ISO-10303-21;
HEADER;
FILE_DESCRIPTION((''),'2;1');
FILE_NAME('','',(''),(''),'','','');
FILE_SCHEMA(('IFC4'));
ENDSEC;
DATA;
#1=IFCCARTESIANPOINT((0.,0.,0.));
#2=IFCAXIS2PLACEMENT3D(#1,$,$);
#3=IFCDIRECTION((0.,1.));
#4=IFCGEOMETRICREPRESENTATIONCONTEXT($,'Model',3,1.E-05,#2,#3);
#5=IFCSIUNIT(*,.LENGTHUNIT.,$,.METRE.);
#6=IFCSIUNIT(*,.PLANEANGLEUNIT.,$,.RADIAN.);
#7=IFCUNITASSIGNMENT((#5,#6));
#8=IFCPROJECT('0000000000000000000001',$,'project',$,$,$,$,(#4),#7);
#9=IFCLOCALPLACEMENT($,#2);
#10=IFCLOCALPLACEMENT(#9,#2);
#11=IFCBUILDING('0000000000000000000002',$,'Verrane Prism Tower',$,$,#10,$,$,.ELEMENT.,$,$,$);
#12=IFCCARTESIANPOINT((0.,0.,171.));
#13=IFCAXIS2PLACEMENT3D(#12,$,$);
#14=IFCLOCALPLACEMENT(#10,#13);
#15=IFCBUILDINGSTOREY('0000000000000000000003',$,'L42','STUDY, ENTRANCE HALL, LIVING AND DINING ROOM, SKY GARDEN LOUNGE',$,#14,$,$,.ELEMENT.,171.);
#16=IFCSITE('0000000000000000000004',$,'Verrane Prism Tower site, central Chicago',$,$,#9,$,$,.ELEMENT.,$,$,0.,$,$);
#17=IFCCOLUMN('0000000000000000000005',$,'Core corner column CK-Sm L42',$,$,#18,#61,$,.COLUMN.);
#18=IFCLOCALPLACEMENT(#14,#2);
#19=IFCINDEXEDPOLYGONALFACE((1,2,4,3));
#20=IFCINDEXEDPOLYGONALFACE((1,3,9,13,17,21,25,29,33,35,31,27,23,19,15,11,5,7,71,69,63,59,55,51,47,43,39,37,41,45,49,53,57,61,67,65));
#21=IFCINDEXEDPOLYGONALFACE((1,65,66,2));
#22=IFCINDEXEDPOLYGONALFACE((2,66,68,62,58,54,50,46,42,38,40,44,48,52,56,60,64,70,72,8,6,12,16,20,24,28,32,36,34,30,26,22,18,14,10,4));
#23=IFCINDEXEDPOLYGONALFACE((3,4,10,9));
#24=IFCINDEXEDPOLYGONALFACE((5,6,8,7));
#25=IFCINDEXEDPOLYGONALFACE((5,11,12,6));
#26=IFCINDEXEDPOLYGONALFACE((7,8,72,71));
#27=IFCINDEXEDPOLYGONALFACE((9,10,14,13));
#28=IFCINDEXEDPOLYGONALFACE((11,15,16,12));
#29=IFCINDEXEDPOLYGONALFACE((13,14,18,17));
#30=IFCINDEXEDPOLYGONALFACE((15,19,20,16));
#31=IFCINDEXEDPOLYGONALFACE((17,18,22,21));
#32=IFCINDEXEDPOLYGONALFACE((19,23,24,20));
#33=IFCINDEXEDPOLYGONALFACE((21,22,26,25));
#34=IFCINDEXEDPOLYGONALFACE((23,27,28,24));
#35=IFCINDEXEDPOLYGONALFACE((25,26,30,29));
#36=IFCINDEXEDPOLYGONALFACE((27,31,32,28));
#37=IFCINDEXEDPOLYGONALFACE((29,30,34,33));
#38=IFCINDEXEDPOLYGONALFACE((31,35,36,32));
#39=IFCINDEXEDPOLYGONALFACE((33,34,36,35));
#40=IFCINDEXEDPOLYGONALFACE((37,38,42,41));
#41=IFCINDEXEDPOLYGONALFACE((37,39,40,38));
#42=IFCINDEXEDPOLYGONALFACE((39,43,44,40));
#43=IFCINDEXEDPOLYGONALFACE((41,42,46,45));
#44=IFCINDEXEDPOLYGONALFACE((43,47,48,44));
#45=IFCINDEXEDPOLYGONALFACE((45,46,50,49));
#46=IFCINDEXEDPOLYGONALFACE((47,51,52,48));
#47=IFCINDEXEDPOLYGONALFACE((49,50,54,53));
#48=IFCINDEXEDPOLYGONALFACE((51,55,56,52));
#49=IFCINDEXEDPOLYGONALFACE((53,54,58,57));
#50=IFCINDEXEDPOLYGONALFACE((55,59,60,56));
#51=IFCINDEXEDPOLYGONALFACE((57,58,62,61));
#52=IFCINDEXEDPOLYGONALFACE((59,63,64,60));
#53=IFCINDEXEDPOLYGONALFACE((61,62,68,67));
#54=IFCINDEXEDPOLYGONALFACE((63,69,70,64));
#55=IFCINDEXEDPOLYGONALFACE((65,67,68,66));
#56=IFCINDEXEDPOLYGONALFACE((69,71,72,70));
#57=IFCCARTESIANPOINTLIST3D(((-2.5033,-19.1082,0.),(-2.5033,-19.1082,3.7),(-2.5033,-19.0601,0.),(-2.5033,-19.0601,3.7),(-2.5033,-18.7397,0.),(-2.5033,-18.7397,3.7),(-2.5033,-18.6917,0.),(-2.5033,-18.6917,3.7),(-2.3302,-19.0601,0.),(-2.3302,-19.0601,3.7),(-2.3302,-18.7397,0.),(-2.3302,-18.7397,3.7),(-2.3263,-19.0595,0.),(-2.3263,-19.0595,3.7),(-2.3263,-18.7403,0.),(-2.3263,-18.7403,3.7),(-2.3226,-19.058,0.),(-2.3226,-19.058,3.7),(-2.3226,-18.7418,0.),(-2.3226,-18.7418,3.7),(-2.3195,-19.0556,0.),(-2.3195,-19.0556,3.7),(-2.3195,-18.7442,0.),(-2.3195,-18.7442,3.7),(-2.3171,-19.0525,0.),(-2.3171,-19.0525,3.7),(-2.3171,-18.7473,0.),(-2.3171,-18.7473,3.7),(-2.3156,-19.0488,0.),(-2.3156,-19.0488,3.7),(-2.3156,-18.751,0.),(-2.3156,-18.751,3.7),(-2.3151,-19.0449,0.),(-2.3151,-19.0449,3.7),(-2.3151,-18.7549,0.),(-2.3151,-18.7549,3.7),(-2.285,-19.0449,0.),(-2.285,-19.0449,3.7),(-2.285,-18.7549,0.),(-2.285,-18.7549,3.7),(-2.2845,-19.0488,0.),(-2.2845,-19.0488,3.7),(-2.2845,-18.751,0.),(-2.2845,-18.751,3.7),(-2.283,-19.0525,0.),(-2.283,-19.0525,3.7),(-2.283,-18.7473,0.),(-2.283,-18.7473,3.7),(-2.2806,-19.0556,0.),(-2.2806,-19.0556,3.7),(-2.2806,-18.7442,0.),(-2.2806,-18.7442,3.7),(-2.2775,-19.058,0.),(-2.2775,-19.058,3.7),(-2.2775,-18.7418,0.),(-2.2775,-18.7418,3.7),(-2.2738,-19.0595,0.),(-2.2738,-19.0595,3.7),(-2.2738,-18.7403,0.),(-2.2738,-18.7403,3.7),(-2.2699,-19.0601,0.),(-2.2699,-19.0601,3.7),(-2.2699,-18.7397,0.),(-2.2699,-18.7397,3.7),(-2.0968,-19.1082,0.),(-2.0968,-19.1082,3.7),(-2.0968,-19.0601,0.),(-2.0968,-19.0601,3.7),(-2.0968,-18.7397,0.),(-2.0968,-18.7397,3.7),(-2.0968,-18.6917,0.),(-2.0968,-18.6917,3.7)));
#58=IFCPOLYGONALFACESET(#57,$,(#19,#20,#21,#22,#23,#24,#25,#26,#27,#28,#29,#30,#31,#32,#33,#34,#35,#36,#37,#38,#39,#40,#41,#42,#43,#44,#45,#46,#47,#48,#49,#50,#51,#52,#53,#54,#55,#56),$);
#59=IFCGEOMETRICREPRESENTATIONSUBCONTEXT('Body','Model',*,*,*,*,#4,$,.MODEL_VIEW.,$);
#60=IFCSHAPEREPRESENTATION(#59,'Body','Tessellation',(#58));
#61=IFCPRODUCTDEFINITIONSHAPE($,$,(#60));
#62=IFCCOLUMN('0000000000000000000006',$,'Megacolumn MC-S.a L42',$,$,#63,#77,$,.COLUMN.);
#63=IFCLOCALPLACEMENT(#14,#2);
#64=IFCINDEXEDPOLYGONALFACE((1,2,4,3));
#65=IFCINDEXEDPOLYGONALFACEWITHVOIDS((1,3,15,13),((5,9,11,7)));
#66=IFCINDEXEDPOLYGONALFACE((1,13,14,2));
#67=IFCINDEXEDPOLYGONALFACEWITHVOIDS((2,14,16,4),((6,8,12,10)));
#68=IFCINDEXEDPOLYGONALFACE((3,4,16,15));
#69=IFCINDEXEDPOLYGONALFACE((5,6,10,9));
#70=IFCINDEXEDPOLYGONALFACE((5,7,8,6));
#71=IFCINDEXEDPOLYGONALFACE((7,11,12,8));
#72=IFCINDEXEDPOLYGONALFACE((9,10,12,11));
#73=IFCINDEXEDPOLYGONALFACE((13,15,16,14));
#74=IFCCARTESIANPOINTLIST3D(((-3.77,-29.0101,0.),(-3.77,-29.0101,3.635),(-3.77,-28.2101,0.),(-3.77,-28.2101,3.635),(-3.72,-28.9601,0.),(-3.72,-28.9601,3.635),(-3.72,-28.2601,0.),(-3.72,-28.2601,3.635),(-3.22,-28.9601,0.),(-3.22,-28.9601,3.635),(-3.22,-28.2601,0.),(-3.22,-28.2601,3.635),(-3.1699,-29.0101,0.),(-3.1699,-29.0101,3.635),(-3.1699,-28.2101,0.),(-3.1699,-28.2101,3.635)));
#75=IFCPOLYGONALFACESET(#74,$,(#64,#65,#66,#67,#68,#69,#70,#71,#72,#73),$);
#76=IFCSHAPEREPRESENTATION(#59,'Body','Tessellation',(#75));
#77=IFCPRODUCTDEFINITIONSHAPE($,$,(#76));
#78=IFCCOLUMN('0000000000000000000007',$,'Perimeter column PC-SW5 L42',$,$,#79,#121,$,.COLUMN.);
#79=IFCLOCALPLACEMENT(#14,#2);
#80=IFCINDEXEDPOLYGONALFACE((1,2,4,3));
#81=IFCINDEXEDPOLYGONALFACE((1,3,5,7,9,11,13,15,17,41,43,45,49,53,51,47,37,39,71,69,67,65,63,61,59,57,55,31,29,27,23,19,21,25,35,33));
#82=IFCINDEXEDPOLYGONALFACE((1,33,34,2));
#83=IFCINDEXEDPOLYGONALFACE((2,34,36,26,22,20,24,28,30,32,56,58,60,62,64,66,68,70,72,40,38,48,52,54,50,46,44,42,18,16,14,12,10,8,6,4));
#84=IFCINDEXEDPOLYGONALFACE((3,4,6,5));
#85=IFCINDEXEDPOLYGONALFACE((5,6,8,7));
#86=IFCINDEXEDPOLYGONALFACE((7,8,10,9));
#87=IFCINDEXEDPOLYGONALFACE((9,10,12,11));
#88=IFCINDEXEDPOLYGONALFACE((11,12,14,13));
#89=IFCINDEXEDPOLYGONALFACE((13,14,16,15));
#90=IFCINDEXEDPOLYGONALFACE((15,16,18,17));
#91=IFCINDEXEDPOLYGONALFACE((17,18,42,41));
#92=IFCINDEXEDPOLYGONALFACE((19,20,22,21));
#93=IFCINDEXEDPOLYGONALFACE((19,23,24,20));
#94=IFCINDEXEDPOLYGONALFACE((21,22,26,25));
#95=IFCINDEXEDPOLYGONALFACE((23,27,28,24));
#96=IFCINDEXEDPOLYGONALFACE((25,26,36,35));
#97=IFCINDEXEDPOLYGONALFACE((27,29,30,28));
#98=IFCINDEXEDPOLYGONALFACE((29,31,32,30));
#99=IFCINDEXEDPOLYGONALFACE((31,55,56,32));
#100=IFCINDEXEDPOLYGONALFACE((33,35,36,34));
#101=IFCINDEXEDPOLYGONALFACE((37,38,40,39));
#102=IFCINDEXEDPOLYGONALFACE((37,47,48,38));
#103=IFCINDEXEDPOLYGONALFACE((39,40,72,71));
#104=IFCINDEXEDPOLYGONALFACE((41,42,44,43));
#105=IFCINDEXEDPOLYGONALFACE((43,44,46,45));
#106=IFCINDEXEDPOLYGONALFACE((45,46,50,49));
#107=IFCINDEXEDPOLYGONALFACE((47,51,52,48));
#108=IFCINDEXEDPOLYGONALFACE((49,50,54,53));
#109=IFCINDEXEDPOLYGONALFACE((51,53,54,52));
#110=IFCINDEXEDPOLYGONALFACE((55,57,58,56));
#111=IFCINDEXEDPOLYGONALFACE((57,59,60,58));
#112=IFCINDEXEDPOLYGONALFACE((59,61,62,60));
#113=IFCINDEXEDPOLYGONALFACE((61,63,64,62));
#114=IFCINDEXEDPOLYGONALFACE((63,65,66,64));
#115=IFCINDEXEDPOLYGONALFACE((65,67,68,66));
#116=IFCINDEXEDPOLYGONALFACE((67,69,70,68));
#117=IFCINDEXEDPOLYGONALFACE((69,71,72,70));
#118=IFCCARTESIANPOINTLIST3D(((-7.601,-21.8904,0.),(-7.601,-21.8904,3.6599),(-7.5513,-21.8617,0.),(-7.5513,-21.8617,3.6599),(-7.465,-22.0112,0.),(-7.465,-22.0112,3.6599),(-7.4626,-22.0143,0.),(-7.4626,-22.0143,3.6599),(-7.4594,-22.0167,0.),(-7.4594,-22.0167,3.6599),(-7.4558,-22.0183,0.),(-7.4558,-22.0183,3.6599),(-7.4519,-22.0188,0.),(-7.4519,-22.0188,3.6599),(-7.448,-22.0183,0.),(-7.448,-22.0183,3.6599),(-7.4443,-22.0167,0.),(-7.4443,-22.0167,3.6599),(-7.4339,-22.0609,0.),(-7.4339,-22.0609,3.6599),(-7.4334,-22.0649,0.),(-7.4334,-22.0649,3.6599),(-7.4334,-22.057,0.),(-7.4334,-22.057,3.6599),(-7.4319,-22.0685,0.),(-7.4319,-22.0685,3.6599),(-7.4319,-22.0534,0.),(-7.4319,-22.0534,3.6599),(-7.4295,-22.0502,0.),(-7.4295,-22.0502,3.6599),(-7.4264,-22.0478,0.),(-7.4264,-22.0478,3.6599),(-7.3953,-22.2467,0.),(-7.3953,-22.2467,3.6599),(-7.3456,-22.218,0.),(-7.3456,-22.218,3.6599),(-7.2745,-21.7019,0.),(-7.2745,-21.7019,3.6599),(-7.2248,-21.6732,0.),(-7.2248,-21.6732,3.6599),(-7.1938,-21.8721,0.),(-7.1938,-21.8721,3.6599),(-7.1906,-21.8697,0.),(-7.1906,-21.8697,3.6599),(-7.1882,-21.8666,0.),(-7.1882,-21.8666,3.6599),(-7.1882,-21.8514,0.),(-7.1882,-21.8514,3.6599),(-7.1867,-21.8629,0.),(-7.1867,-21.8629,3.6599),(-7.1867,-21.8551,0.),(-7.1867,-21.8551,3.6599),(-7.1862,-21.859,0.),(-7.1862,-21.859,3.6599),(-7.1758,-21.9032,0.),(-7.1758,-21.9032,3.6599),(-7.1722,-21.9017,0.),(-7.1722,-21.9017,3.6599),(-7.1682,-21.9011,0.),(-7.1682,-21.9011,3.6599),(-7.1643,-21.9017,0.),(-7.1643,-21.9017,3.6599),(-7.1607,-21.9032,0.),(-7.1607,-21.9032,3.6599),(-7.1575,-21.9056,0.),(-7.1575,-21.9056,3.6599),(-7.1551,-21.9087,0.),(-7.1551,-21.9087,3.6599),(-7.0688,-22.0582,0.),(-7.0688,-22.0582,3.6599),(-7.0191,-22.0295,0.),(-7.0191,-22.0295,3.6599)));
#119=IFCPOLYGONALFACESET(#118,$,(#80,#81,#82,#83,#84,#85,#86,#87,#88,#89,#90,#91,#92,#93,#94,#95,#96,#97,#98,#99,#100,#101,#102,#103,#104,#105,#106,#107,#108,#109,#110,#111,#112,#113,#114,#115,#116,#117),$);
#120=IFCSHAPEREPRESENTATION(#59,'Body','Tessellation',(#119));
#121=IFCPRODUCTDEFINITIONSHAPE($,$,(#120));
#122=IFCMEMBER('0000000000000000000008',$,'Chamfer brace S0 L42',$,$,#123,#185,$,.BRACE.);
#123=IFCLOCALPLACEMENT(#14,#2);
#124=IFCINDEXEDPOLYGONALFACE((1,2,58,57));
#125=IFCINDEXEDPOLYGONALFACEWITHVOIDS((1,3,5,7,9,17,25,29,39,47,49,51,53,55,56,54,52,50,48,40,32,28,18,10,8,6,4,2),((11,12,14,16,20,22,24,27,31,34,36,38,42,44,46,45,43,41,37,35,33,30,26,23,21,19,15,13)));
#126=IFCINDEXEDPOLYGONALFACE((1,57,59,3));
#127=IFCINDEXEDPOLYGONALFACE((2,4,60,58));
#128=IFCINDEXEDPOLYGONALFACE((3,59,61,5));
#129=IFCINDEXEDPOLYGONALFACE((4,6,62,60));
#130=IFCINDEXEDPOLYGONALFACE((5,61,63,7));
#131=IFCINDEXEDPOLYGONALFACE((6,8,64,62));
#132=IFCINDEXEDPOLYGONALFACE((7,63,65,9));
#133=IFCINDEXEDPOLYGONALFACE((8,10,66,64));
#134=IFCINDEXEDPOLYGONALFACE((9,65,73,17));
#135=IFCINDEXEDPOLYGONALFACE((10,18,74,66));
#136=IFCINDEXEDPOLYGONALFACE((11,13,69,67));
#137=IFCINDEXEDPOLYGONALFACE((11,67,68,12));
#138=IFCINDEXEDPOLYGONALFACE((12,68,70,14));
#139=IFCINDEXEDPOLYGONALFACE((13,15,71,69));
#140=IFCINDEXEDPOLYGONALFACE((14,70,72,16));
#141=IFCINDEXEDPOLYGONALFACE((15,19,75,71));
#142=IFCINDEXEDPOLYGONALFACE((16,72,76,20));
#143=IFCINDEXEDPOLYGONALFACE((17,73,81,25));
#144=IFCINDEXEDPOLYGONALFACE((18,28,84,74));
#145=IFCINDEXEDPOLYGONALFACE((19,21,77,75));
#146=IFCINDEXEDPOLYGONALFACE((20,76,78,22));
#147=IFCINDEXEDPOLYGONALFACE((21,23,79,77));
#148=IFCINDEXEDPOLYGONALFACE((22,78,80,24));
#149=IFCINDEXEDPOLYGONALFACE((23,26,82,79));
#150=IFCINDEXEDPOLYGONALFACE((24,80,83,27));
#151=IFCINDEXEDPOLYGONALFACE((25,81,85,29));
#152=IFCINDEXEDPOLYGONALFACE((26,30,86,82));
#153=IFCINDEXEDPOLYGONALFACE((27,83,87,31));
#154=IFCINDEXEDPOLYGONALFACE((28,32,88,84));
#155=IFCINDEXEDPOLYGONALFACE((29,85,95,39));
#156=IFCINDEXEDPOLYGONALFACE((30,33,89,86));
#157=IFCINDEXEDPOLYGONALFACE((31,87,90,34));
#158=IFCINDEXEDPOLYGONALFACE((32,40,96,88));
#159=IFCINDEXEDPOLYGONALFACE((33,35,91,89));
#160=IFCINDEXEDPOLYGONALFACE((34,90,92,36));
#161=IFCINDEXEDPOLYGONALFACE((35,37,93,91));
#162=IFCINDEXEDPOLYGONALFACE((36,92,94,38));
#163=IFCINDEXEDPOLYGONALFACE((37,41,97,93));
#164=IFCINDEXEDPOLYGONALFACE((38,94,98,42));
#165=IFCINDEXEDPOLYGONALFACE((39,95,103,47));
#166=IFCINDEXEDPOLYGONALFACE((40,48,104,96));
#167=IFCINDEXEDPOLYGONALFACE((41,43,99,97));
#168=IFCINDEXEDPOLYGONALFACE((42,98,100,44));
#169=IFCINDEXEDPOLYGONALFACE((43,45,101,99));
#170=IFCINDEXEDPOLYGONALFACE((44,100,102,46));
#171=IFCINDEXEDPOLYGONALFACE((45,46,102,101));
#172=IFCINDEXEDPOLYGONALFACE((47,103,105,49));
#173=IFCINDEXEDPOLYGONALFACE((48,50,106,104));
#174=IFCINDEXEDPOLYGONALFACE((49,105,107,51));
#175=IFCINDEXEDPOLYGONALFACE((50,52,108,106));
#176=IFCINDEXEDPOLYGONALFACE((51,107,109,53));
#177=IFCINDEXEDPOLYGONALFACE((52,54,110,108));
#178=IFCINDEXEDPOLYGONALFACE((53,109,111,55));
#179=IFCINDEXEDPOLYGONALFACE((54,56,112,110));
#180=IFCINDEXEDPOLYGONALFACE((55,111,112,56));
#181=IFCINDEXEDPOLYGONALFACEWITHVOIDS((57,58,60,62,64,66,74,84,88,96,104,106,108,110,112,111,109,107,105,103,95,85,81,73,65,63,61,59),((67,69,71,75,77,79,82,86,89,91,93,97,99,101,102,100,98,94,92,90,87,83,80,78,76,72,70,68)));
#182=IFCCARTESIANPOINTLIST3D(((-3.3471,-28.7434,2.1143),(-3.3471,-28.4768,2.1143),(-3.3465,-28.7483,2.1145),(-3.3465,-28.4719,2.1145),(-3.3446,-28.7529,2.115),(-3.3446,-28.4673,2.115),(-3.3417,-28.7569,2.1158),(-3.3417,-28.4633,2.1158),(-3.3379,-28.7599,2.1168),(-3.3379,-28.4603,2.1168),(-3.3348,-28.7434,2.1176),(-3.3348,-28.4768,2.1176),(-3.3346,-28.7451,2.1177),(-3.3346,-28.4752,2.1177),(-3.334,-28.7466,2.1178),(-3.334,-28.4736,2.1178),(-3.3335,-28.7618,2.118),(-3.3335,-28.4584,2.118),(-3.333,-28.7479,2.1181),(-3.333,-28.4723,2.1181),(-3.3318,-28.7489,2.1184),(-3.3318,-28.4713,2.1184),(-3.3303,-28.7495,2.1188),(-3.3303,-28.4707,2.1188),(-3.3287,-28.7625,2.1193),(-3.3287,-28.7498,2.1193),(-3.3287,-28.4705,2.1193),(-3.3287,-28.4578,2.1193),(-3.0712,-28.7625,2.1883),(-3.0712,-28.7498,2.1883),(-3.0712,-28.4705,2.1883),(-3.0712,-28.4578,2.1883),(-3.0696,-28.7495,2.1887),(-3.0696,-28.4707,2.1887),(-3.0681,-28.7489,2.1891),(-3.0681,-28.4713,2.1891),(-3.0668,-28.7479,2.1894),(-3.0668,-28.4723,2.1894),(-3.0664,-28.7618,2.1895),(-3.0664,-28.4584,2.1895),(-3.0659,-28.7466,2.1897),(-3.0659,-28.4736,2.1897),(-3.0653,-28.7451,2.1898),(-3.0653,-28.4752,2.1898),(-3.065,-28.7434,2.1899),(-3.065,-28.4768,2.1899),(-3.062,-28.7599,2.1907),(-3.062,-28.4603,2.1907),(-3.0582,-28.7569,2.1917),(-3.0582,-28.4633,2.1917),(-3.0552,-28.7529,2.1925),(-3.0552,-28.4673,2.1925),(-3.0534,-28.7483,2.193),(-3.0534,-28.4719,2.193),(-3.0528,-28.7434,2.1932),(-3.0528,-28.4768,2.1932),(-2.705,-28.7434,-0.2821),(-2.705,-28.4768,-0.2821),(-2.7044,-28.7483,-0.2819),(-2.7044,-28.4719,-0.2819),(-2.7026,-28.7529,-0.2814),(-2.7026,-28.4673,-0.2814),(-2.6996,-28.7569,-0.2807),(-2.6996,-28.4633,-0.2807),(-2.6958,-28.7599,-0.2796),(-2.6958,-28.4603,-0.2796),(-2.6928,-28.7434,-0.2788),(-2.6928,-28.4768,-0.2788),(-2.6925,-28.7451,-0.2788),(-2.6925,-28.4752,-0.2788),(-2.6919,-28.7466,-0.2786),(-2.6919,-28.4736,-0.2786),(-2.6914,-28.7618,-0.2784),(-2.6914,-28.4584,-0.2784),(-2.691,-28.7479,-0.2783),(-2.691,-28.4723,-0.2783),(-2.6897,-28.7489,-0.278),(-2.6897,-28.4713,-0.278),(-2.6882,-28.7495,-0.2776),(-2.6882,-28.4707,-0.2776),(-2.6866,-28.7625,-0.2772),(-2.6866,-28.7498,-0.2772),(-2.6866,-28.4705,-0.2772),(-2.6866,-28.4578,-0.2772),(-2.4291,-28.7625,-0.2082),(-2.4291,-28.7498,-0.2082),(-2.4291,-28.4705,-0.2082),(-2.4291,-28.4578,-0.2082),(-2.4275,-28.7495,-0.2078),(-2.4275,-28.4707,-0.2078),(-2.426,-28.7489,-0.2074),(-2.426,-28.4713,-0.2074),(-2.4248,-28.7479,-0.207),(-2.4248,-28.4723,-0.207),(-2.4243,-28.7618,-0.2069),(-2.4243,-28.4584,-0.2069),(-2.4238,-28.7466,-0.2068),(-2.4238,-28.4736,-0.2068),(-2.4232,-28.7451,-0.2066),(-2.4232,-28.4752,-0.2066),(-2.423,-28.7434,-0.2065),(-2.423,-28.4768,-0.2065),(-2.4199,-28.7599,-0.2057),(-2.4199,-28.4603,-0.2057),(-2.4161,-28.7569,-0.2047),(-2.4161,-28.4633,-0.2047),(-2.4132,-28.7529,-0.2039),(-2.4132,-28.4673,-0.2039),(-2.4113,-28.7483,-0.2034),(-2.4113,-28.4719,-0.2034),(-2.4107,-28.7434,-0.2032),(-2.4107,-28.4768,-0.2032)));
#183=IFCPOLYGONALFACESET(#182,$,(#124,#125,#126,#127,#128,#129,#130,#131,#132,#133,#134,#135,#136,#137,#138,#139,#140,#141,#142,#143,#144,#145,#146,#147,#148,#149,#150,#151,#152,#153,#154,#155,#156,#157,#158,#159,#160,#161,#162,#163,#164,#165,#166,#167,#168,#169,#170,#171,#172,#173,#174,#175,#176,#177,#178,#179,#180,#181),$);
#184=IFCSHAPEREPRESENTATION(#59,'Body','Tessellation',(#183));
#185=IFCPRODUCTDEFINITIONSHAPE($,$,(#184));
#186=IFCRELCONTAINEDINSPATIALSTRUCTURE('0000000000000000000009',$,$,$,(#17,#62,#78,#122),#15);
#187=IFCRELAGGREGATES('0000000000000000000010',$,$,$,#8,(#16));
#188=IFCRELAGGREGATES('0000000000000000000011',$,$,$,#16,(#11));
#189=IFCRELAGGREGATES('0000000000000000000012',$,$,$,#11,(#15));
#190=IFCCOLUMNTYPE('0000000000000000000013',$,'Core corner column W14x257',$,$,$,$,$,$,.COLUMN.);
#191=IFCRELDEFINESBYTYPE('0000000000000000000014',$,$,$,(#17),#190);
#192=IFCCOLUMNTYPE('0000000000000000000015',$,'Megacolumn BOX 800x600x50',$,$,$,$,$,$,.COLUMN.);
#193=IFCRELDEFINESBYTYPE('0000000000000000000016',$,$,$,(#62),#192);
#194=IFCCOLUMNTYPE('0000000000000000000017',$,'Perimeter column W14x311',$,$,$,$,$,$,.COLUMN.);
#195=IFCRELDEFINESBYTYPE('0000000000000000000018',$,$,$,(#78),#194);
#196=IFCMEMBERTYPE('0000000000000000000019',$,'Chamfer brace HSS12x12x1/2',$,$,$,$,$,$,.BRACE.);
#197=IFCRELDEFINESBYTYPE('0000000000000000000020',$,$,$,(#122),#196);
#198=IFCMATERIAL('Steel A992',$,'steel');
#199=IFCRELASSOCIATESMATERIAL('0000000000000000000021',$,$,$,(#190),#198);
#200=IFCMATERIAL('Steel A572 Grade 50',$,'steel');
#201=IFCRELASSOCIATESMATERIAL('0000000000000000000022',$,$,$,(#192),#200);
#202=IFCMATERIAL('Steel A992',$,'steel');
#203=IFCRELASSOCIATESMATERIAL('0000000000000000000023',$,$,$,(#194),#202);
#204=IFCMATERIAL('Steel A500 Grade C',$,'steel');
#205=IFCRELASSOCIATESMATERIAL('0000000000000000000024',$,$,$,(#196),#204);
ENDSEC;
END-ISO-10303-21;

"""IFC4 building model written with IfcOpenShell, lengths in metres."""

from ifc_helpers import new_model, si_unit, direction, frame, origin, origin_2d, place, context, subcontext, project, spatial, hollow_rectangle, i_section, extrude, material, material_profile, profile_set, type_object, element, save


model = new_model("IFC4")

# Units and contexts
model_context = context("Model", 3, precision=1e-05, world=origin(), true_north=direction((0.0, 1.0)))
body_context = subcontext(model_context, "Body", "Model", "MODEL_VIEW")
ifc_project = project(units=[si_unit("LENGTHUNIT", "METRE"), si_unit("PLANEANGLEUNIT", "RADIAN")], contexts=[model_context])

# Site, building, storey
site_placement = place(None, origin())
site = spatial("IfcSite", under=ifc_project, at=site_placement, Name="Verrane Prism Tower site, central Chicago", CompositionType="ELEMENT", RefElevation=0.0)
building_placement = place(site_placement, origin())
building = spatial("IfcBuilding", under=site, at=building_placement, Name="Verrane Prism Tower", CompositionType="ELEMENT")
storey_placement = place(building_placement, frame((0.0, 0.0, 171.0)))
storey = spatial("IfcBuildingStorey", under=building, at=storey_placement, Name="L42", Description="STUDY, ENTRANCE HALL, LIVING AND DINING ROOM, SKY GARDEN LOUNGE", CompositionType="ELEMENT", Elevation=171.0)

# Columns
ifc_material_1 = material(Name="Steel A992", Category="steel")
ifc_material_profile_1 = material_profile(ifc_material_1, i_section(OverallWidth=0.4065, OverallDepth=0.4165, WebThickness=0.03, FlangeThickness=0.0481, FilletRadius=0.0151, at=origin_2d()), Name="W14x257")
ifc_profile_set_1 = profile_set([ifc_material_profile_1], Name="Steel A992")
column_type_1 = type_object("IfcColumnType", Name="Core corner column W14x257", PredefinedType="COLUMN", material=ifc_profile_set_1)
column_1_placement = place(storey_placement, frame((-2.3, -18.8999, 0.0), z_axis=(0.0, 0.0, 1.0), x_axis=(-1.0, 0.0, 0.0)))
element("IfcColumn", 1, at=column_1_placement, inside=storey, type_object=column_type_1, Name="Core corner column CK-Sm L42", PredefinedType="COLUMN", context=body_context, shape_type="SweptSolid", body=[
    extrude(i_section(OverallWidth=0.4065, OverallDepth=0.4165, WebThickness=0.03, FlangeThickness=0.0481, FilletRadius=0.0151, at=origin_2d()), origin(), (0.0, 0.0, 1.0), 3.7),
])
ifc_material_2 = material(Name="Steel A572 Grade 50", Category="steel")
ifc_material_profile_2 = material_profile(ifc_material_2, hollow_rectangle(XDim=0.6001, YDim=0.8, WallThickness=0.05, at=origin_2d()), Name="BOX 800x600x50")
ifc_profile_set_2 = profile_set([ifc_material_profile_2], Name="Steel A572 Grade 50")
column_type_2 = type_object("IfcColumnType", Name="Megacolumn BOX 800x600x50", PredefinedType="COLUMN", material=ifc_profile_set_2)
column_2_placement = place(storey_placement, frame((-3.47, -28.6101, 0.0), z_axis=(0.0, 0.0, 1.0), x_axis=(-1.0, 0.0, 0.0)))
element("IfcColumn", 2, at=column_2_placement, inside=storey, type_object=column_type_2, Name="Megacolumn MC-S.a L42", PredefinedType="COLUMN", context=body_context, shape_type="SweptSolid", body=[
    extrude(hollow_rectangle(XDim=0.6001, YDim=0.8, WallThickness=0.05, at=origin_2d()), origin(), (0.0, 0.0, 1.0), 3.635),
])
ifc_material_3 = material(Name="Steel A992", Category="steel")
ifc_material_profile_3 = material_profile(ifc_material_3, i_section(OverallWidth=0.4114, OverallDepth=0.4343, WebThickness=0.0359, FlangeThickness=0.0574, FilletRadius=0.0151, at=origin_2d()), Name="W14x311")
ifc_profile_set_3 = profile_set([ifc_material_profile_3], Name="Steel A992")
column_type_3 = type_object("IfcColumnType", Name="Perimeter column W14x311", PredefinedType="COLUMN", material=ifc_profile_set_3)
column_3_placement = place(storey_placement, frame((-7.3101, -21.96, 0.0), z_axis=(0.0, 0.0, 1.0), x_axis=(-0.5, 0.866025, 0.0)))
element("IfcColumn", 3, at=column_3_placement, inside=storey, type_object=column_type_3, Name="Perimeter column PC-SW5 L42", PredefinedType="COLUMN", context=body_context, shape_type="SweptSolid", body=[
    extrude(i_section(OverallWidth=0.4114, OverallDepth=0.4343, WebThickness=0.0359, FlangeThickness=0.0574, FilletRadius=0.0151, at=origin_2d()), origin(), (0.0, 0.0, 1.0), 3.6599),
])

# Member
ifc_material_4 = material(Name="Steel A500 Grade C", Category="steel")
ifc_material_profile_4 = material_profile(ifc_material_4, hollow_rectangle(XDim=0.3047, YDim=0.3047, WallThickness=0.0127, InnerFilletRadius=0.0063, OuterFilletRadius=0.019, at=origin_2d()), Name="HSS12x12x1/2")
ifc_profile_set_4 = profile_set([ifc_material_profile_4], Name="Steel A500 Grade C")
member_type_1 = type_object("IfcMemberType", Name="Chamfer brace HSS12x12x1/2", PredefinedType="BRACE", material=ifc_profile_set_4)
member_1_placement = place(storey_placement, frame((-2.5579, -28.6101, -0.2427), z_axis=(-0.258802, 0.0, 0.96593), x_axis=(0.0, -1.0, 0.0)))
element("IfcMember", 4, at=member_1_placement, inside=storey, type_object=member_type_1, Name="Chamfer brace S0 L42", PredefinedType="BRACE", context=body_context, shape_type="SweptSolid", body=[
    extrude(hollow_rectangle(XDim=0.3047, YDim=0.3047, WallThickness=0.0127, InnerFilletRadius=0.0063, OuterFilletRadius=0.019, at=origin_2d()), origin(), (0.0, 0.0, 1.0), 2.481),
])

save(model, "model.ifc")
